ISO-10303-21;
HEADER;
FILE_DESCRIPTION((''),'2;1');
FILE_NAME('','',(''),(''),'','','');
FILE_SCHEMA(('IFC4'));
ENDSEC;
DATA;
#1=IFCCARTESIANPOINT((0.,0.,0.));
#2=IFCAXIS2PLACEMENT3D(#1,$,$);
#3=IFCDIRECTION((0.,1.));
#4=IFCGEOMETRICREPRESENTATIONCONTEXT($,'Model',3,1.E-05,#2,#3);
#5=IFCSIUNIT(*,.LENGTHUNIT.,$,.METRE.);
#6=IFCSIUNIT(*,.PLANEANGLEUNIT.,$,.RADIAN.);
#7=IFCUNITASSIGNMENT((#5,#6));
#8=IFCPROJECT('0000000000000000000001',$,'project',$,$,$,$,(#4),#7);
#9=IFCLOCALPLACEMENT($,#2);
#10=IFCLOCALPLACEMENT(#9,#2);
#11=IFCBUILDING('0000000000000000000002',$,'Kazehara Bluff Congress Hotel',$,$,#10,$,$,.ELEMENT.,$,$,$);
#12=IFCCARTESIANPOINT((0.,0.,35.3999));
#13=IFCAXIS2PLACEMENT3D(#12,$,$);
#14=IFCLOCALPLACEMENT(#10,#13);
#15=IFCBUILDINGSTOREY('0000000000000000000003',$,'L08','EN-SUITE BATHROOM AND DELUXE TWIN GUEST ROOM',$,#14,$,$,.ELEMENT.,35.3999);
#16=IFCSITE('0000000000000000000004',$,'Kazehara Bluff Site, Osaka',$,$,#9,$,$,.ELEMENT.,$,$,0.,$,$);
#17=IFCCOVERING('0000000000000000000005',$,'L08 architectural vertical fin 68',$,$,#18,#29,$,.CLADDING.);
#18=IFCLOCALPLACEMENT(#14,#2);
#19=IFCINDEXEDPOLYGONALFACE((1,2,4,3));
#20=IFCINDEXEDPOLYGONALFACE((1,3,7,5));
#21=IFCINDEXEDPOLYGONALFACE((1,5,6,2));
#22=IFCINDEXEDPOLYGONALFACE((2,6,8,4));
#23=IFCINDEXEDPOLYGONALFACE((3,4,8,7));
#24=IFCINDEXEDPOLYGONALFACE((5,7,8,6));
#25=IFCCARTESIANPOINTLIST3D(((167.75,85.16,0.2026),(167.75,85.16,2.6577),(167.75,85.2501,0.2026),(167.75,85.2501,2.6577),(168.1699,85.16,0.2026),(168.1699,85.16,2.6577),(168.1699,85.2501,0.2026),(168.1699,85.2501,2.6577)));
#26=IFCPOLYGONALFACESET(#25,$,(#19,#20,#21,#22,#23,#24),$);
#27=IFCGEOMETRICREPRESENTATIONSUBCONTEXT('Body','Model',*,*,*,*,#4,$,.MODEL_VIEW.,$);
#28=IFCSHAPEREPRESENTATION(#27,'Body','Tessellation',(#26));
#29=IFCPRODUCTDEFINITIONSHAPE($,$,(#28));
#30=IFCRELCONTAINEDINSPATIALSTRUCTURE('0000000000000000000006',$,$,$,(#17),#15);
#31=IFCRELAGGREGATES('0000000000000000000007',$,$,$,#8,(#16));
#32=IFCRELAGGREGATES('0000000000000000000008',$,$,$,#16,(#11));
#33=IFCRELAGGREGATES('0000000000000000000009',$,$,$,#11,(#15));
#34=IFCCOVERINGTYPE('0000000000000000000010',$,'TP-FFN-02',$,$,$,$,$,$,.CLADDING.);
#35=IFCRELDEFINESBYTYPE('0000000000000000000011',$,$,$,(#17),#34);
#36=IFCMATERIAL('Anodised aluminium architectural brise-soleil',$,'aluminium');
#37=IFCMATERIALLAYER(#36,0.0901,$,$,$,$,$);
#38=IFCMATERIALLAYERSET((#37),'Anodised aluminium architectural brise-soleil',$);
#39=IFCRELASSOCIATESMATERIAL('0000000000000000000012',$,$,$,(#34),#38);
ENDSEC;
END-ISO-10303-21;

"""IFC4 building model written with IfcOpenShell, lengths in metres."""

from ifc_helpers import new_model, si_unit, direction, frame, origin, origin_2d, place, context, subcontext, project, spatial, rectangle, extrude, material, layer, layer_set, type_object, element, save


model = new_model("IFC4")

# Units and contexts
model_context = context("Model", 3, precision=1e-05, world=origin(), true_north=direction((0.0, 1.0)))
body_context = subcontext(model_context, "Body", "Model", "MODEL_VIEW")
ifc_project = project(units=[si_unit("LENGTHUNIT", "METRE"), si_unit("PLANEANGLEUNIT", "RADIAN")], contexts=[model_context])

# Site, building, storey
site_placement = place(None, origin())
site = spatial("IfcSite", under=ifc_project, at=site_placement, Name="Kazehara Bluff Site, Osaka", CompositionType="ELEMENT", RefElevation=0.0)
building_placement = place(site_placement, origin())
building = spatial("IfcBuilding", under=site, at=building_placement, Name="Kazehara Bluff Congress Hotel", CompositionType="ELEMENT")
storey_placement = place(building_placement, frame((0.0, 0.0, 35.3999)))
storey = spatial("IfcBuildingStorey", under=building, at=storey_placement, Name="L08", Description="EN-SUITE BATHROOM AND DELUXE TWIN GUEST ROOM", CompositionType="ELEMENT", Elevation=35.3999)

# Covering
ifc_material_1 = material(Name="Anodised aluminium architectural brise-soleil", Category="aluminium")
ifc_layer_1 = layer(ifc_material_1, 0.0901)
ifc_layer_set_1 = layer_set([ifc_layer_1], Name="Anodised aluminium architectural brise-soleil")
covering_type = type_object("IfcCoveringType", Name="TP-FFN-02", PredefinedType="CLADDING", material=ifc_layer_set_1)
for number, where, z_axis, x_axis, name in (
    (1, (167.96, 85.2051, 0.2026), (0.0, 0.0, 1.0), (1.0, 0.0, 0.0), "L08 architectural vertical fin 68"),
):
    element("IfcCovering", number, at=place(storey_placement, frame(where, z_axis=z_axis, x_axis=x_axis)), inside=storey, type_object=covering_type, Name=name, PredefinedType="CLADDING", context=body_context, shape_type="SweptSolid", body=[
        extrude(rectangle(XDim=0.4199, YDim=0.0901, at=origin_2d()), origin(), (0.0, 0.0, 1.0), 2.4551),
    ])

save(model, "model.ifc")
